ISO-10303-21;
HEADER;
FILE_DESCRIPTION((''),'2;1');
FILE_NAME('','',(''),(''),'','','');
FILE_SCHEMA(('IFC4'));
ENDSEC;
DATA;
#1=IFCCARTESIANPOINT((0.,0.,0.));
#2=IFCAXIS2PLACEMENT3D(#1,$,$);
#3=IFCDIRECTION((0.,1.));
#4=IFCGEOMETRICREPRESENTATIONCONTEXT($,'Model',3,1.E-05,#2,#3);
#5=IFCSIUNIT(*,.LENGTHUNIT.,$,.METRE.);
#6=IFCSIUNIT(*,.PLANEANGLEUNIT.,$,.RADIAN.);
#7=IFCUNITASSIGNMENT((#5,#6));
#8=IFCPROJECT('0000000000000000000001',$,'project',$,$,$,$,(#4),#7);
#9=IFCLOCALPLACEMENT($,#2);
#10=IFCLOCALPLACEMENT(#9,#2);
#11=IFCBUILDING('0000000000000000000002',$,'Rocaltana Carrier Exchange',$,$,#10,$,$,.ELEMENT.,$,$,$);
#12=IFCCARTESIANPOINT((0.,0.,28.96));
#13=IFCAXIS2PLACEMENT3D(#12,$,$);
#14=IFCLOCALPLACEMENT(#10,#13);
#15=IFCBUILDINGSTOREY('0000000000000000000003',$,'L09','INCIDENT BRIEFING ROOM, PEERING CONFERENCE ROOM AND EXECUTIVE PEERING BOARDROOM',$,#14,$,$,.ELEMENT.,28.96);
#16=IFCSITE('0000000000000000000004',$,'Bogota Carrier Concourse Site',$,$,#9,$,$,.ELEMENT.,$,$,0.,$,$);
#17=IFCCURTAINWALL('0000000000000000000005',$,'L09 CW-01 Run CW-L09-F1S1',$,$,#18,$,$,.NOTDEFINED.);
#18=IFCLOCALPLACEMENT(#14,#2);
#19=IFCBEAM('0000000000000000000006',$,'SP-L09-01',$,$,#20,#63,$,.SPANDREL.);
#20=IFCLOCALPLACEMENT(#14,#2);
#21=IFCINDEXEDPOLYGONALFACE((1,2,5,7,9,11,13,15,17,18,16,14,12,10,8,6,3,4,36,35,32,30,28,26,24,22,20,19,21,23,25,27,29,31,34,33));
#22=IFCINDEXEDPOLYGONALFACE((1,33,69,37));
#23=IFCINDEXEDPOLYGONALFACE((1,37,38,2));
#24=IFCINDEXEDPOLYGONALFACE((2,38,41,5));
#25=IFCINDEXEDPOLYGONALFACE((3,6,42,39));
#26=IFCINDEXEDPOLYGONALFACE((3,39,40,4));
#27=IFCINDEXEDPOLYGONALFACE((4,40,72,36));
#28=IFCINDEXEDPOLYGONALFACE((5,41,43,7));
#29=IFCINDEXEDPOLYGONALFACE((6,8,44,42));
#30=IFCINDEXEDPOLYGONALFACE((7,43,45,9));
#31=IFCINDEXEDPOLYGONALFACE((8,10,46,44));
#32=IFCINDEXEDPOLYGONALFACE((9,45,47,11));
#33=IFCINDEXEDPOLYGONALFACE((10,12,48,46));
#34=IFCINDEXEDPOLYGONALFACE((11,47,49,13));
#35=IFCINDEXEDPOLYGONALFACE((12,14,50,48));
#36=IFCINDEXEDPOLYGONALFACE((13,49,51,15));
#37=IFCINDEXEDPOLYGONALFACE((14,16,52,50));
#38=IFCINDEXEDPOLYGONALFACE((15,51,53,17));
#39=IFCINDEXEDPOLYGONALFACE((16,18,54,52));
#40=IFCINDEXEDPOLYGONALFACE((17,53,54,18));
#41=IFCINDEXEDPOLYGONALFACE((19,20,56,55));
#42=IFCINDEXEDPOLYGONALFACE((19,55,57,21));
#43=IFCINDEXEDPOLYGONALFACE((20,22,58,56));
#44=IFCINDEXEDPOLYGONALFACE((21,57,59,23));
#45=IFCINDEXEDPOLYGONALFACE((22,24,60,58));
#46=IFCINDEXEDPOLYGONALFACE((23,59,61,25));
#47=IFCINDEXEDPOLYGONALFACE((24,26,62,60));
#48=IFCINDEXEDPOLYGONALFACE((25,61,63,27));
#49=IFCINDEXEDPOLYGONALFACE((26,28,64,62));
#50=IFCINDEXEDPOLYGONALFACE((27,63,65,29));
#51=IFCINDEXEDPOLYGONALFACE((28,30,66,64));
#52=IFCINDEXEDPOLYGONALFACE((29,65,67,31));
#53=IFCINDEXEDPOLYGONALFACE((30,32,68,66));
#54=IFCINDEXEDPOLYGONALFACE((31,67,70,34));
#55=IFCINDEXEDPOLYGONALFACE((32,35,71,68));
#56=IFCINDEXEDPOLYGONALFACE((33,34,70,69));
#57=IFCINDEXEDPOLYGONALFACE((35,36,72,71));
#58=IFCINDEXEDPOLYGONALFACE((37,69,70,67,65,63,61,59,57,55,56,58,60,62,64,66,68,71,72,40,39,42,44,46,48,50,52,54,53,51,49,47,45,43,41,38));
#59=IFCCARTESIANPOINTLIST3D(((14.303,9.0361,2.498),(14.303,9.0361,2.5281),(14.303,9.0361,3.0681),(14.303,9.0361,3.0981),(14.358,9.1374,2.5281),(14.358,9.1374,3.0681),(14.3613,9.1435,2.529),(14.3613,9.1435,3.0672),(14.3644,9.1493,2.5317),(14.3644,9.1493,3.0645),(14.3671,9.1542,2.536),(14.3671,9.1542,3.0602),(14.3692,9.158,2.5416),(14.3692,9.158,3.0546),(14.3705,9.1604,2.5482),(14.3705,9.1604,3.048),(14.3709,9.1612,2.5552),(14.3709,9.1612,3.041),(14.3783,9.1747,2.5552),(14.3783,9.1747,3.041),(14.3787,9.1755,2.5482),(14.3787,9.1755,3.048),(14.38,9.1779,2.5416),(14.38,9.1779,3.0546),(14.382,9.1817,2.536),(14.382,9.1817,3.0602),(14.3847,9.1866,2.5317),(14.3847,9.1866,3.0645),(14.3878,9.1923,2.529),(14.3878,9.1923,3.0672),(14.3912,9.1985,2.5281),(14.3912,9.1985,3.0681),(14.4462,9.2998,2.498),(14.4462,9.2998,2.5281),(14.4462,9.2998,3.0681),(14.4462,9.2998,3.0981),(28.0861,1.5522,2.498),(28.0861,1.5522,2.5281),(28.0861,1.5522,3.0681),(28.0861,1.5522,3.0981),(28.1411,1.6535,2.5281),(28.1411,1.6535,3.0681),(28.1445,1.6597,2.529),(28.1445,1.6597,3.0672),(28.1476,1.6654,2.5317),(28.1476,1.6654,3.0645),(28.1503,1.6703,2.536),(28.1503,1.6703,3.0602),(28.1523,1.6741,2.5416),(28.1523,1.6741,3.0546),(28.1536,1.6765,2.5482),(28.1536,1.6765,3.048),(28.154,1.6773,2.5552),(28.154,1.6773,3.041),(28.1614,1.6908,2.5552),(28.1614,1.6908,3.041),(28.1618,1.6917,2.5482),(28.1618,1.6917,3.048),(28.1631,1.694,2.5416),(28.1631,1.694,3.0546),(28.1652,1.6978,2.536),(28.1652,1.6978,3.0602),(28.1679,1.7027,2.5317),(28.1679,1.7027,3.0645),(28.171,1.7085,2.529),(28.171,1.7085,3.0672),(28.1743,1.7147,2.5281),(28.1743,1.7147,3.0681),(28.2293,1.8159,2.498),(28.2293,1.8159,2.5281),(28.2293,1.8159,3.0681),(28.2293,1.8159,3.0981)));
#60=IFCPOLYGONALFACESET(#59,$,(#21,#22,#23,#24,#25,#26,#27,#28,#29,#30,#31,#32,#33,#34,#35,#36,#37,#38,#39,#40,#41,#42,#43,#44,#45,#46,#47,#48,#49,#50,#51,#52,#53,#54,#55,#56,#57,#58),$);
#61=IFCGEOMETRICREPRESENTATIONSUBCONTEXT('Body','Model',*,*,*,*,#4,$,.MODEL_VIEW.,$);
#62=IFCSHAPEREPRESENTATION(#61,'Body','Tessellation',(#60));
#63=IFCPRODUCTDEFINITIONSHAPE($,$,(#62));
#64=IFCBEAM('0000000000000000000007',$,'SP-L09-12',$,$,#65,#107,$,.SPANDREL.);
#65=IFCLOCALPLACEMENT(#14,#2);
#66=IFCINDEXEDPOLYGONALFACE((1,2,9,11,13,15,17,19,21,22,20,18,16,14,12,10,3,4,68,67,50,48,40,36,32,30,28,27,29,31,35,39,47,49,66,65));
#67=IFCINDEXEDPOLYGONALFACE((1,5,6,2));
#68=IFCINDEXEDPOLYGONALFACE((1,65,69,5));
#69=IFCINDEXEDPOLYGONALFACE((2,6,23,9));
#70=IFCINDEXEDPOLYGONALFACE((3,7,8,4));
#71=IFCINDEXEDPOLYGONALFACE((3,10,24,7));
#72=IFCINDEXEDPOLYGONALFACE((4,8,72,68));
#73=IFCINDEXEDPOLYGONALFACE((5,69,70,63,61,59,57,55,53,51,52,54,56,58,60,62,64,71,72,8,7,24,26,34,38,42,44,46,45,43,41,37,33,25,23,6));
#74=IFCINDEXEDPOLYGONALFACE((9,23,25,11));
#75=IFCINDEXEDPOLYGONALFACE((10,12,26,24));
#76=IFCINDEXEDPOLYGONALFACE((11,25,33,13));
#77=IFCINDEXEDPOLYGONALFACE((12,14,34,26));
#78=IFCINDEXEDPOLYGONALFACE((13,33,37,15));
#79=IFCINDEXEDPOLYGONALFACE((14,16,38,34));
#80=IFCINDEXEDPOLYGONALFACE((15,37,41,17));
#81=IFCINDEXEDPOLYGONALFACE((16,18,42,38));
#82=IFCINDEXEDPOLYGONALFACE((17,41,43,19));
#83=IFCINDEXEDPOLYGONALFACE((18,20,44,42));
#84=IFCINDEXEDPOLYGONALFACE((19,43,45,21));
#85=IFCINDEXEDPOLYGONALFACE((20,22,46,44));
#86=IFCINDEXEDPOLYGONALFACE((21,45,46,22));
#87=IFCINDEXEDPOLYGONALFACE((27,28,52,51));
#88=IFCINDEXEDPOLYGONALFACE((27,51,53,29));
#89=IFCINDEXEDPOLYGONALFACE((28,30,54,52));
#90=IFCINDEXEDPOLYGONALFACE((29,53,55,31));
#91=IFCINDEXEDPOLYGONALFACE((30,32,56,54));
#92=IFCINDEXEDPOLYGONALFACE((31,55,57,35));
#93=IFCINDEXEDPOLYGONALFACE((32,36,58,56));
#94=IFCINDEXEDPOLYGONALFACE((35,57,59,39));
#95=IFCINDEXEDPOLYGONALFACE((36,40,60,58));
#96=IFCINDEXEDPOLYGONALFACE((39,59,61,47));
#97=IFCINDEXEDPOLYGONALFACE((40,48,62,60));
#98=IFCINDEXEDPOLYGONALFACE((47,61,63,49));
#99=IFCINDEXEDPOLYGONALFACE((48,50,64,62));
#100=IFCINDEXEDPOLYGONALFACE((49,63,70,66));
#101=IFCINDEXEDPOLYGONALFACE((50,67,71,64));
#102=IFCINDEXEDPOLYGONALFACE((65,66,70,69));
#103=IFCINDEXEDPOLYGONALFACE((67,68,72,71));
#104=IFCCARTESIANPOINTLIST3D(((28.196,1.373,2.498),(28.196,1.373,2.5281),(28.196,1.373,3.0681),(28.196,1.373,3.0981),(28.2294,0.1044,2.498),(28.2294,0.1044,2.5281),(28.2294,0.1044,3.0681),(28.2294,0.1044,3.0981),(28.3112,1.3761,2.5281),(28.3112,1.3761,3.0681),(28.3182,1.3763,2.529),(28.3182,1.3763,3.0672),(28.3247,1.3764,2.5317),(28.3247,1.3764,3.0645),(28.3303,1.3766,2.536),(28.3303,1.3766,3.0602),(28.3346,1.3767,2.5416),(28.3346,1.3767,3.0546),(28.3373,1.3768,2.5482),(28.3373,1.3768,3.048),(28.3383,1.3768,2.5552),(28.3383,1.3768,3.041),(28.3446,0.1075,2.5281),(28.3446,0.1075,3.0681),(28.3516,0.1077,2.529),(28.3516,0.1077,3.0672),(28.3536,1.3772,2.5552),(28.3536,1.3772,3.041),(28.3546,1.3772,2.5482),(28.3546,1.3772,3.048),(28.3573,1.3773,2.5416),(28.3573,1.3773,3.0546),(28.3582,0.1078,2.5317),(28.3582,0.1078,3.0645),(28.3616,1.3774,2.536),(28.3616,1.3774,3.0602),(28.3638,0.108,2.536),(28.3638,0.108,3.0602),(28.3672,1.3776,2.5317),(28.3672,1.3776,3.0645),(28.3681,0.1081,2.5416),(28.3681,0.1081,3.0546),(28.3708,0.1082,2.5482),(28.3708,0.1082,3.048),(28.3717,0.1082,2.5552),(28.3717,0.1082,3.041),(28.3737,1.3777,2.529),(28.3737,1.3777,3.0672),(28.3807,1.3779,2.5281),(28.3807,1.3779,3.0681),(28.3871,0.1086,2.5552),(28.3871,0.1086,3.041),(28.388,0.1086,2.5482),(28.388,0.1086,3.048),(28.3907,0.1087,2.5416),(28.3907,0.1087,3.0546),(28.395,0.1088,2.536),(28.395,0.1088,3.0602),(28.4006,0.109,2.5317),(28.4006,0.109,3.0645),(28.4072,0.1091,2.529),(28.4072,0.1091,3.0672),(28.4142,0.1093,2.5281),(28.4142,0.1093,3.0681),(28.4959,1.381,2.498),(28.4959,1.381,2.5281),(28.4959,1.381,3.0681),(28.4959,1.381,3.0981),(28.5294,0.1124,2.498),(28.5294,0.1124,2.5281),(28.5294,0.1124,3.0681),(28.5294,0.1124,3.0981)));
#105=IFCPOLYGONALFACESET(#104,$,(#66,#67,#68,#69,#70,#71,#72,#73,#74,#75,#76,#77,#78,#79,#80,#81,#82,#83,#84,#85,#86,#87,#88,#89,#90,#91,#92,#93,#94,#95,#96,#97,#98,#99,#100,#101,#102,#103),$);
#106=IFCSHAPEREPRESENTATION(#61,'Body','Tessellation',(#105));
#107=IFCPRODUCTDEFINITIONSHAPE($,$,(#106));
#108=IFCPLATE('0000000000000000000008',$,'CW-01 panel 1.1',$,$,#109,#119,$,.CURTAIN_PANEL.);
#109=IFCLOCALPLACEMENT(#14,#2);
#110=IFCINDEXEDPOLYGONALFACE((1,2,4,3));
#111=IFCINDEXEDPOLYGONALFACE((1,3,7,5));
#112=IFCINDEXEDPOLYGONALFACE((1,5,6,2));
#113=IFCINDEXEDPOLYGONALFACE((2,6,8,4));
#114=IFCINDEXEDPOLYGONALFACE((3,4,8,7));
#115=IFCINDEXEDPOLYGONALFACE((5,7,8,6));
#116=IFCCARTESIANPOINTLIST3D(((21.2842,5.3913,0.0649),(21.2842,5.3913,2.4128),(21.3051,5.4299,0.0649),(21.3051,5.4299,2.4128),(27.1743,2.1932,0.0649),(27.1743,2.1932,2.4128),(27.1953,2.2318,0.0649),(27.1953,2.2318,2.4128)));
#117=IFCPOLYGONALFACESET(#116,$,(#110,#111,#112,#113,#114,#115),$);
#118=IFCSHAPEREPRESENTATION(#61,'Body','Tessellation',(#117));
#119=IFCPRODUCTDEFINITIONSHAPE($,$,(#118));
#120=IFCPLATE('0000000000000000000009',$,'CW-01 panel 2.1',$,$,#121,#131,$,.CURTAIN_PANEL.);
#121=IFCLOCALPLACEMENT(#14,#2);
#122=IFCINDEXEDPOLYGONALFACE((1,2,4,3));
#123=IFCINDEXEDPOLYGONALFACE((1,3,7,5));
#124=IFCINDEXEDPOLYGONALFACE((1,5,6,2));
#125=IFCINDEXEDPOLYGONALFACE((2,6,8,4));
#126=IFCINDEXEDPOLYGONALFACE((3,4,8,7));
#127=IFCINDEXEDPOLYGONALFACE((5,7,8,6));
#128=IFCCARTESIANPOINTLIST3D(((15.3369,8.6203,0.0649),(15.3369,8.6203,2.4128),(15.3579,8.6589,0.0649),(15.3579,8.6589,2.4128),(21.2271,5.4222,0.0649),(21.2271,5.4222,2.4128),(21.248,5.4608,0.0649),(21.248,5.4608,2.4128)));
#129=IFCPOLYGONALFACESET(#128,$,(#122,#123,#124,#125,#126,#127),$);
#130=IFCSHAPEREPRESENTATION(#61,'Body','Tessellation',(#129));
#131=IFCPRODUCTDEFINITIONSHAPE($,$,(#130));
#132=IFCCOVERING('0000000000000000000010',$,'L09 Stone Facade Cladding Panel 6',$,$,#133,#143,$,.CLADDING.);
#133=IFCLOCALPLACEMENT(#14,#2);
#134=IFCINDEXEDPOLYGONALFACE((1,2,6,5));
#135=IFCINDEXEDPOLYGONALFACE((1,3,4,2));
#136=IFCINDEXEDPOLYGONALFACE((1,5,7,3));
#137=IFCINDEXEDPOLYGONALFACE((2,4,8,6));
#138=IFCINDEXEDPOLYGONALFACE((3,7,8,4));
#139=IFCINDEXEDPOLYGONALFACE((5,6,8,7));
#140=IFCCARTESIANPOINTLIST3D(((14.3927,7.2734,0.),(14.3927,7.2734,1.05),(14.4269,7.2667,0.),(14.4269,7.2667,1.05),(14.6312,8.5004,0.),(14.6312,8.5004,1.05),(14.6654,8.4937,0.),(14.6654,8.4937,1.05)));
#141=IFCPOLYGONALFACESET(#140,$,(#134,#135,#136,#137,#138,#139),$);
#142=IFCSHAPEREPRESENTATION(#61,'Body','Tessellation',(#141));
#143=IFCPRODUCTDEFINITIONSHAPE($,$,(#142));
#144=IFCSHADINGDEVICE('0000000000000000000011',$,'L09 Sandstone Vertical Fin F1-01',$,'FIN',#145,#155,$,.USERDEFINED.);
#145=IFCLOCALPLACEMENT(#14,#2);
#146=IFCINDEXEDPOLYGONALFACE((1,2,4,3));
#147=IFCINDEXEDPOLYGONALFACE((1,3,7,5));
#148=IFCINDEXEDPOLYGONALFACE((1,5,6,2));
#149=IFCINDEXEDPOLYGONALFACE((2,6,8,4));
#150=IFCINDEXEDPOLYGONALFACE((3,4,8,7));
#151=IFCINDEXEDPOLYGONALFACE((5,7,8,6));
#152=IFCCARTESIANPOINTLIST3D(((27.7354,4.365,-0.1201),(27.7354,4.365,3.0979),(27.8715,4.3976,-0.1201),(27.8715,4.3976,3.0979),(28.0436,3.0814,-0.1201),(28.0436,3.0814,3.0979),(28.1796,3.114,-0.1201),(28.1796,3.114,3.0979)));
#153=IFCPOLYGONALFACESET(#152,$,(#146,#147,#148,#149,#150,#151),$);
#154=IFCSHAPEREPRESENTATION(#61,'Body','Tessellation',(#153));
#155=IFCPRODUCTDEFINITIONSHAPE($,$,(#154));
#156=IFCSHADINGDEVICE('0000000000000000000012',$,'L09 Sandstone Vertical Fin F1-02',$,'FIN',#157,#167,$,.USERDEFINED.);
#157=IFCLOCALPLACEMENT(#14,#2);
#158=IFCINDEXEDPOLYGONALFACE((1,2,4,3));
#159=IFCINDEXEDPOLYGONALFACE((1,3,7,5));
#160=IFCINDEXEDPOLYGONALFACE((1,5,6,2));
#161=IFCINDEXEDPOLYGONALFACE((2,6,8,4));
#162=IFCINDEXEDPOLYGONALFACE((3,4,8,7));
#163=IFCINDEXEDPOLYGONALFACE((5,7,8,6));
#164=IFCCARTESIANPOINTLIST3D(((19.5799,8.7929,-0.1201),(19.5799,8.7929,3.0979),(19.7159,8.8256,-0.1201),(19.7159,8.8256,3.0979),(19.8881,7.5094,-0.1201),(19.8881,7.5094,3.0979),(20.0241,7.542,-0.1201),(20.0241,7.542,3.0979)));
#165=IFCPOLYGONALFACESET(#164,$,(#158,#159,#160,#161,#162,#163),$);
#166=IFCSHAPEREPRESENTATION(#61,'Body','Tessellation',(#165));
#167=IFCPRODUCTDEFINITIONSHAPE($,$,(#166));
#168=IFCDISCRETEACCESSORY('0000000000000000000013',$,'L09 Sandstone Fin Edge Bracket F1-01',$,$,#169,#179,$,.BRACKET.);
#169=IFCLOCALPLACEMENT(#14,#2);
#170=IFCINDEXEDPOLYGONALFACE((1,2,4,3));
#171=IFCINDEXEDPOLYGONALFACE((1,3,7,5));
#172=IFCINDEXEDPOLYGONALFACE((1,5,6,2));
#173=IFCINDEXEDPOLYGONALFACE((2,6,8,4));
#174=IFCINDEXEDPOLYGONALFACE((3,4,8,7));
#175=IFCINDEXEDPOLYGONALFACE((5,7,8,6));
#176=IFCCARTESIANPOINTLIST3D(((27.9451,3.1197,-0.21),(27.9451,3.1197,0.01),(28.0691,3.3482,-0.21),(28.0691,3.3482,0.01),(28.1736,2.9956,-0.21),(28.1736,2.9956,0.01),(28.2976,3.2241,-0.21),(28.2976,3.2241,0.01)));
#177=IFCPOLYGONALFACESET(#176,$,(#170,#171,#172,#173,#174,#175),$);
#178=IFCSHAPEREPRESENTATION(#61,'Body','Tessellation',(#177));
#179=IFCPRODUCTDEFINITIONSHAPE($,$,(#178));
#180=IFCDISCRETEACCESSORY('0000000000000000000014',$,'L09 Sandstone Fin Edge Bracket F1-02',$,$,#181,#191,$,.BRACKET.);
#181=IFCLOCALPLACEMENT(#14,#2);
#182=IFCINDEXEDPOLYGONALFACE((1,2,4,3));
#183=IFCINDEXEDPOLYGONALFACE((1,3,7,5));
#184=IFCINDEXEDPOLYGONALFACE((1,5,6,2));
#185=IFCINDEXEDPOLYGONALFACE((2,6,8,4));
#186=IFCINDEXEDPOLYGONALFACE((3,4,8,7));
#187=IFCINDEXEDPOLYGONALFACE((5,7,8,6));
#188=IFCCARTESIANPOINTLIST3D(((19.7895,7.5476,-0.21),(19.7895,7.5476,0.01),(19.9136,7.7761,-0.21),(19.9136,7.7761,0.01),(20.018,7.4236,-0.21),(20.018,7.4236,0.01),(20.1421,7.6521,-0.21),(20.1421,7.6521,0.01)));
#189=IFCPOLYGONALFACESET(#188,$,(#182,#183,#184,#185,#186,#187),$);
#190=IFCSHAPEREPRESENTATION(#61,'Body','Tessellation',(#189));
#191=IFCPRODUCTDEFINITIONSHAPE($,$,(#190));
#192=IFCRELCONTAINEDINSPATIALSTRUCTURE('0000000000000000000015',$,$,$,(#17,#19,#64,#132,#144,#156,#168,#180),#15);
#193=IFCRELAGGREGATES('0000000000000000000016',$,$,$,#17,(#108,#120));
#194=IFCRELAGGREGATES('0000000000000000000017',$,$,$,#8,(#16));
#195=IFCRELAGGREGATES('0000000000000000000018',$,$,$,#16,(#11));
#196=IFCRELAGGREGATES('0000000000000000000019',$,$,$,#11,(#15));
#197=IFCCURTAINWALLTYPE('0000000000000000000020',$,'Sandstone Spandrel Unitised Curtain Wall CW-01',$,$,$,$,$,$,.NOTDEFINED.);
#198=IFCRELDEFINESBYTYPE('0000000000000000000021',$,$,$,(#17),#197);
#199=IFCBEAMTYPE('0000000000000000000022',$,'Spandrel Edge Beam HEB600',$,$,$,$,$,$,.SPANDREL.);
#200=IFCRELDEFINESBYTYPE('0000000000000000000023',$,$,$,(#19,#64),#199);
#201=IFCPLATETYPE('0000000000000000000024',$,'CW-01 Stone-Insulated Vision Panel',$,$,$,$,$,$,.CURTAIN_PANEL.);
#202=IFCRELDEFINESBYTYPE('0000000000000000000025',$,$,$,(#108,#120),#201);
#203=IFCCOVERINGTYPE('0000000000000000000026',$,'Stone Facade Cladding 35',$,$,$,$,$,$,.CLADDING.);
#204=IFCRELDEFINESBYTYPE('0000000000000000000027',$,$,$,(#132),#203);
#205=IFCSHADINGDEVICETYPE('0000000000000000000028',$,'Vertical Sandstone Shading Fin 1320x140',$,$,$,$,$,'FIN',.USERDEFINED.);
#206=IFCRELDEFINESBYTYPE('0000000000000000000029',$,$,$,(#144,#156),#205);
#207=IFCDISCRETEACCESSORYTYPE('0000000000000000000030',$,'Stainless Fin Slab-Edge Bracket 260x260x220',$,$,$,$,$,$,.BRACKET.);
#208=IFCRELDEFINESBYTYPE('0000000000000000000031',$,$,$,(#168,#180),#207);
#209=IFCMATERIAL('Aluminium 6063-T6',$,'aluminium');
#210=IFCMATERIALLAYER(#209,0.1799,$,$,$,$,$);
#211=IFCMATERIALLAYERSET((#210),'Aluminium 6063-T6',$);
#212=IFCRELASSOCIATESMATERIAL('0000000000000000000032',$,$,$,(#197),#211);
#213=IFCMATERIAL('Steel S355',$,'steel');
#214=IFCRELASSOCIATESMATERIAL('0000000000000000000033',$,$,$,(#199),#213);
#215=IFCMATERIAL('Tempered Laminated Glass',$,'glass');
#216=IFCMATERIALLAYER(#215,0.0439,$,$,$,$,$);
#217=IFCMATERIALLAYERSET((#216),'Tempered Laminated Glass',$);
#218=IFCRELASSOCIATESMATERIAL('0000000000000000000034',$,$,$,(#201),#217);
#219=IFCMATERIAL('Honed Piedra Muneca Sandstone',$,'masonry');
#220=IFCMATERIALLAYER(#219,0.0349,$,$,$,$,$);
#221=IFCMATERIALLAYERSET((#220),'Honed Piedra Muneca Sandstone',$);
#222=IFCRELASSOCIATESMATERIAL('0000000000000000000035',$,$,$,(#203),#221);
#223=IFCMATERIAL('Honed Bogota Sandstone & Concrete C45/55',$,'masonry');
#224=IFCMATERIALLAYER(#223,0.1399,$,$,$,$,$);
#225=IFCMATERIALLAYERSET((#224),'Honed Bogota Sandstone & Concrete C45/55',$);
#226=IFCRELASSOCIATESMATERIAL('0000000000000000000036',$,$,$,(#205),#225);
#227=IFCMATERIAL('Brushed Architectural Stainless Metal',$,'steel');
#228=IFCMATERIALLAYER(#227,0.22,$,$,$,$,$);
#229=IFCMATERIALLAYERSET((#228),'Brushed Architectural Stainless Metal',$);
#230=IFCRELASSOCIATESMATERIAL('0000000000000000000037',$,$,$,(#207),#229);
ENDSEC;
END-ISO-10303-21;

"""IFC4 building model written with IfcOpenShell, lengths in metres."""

from ifc_helpers import new_model, si_unit, direction, frame, origin, origin_2d, place, context, subcontext, project, spatial, rectangle, i_section, extrude, material, layer, layer_set, material_profile, profile_set, type_object, element, aggregate, save


model = new_model("IFC4")

# Units and contexts
model_context = context("Model", 3, precision=1e-05, world=origin(), true_north=direction((0.0, 1.0)))
body_context = subcontext(model_context, "Body", "Model", "MODEL_VIEW")
ifc_project = project(units=[si_unit("LENGTHUNIT", "METRE"), si_unit("PLANEANGLEUNIT", "RADIAN")], contexts=[model_context])

# Site, building, storey
site_placement = place(None, origin())
site = spatial("IfcSite", under=ifc_project, at=site_placement, Name="Bogota Carrier Concourse Site", CompositionType="ELEMENT", RefElevation=0.0)
building_placement = place(site_placement, origin())
building = spatial("IfcBuilding", under=site, at=building_placement, Name="Rocaltana Carrier Exchange", CompositionType="ELEMENT")
storey_placement = place(building_placement, frame((0.0, 0.0, 28.96)))
storey = spatial("IfcBuildingStorey", under=building, at=storey_placement, Name="L09", Description="INCIDENT BRIEFING ROOM, PEERING CONFERENCE ROOM AND EXECUTIVE PEERING BOARDROOM", CompositionType="ELEMENT", Elevation=28.96)

# Curtain wall
ifc_material_1 = material(Name="Aluminium 6063-T6", Category="aluminium")
ifc_layer_1 = layer(ifc_material_1, 0.1799)
ifc_layer_set_1 = layer_set([ifc_layer_1], Name="Aluminium 6063-T6")
curtain_wall_type = type_object("IfcCurtainWallType", Name="Sandstone Spandrel Unitised Curtain Wall CW-01", PredefinedType="NOTDEFINED", material=ifc_layer_set_1)
curtain_wall_placement = place(storey_placement, origin())
curtain_wall = element("IfcCurtainWall", 1, at=curtain_wall_placement, inside=storey, type_object=curtain_wall_type, Name="L09 CW-01 Run CW-L09-F1S1", PredefinedType="NOTDEFINED")

# Beams
ifc_material_2 = material(Name="Steel S355", Category="steel")
ifc_material_profile_1 = material_profile(ifc_material_2, i_section(OverallWidth=0.3, OverallDepth=0.6001, WebThickness=0.0154, FlangeThickness=0.03, FilletRadius=0.0271, at=origin_2d()), Name="HEB600")
ifc_profile_set_1 = profile_set([ifc_material_profile_1], Name="Steel S355")
beam_type_1 = type_object("IfcBeamType", Name="Spandrel Edge Beam HEB600", PredefinedType="SPANDREL", material=ifc_profile_set_1)
beam_1_placement = place(storey_placement, frame((28.1577, 1.6841, 2.7981), z_axis=(-0.878811, 0.477169, 0.0), x_axis=(-0.477169, -0.878811, 0.0)))
element("IfcBeam", 2, at=beam_1_placement, inside=storey, type_object=beam_type_1, Name="SP-L09-01", PredefinedType="SPANDREL", context=body_context, shape_type="SweptSolid", body=[
    extrude(i_section(OverallWidth=0.3, OverallDepth=0.6001, WebThickness=0.0154, FlangeThickness=0.03, FilletRadius=0.0271, at=origin_2d()), origin(), (0.0, 0.0, 1.0), 15.6838),
])
beam_2_placement = place(storey_placement, frame((28.3794, 0.1084, 2.7981), z_axis=(-0.026357, 0.999653, 0.0), x_axis=(-0.999653, -0.026357, 0.0)))
element("IfcBeam", 3, at=beam_2_placement, inside=storey, type_object=beam_type_1, Name="SP-L09-12", PredefinedType="SPANDREL", context=body_context, shape_type="SweptSolid", body=[
    extrude(i_section(OverallWidth=0.3, OverallDepth=0.6001, WebThickness=0.0154, FlangeThickness=0.03, FilletRadius=0.0271, at=origin_2d()), origin(), (0.0, 0.0, 1.0), 1.269),
])

# Plates
ifc_material_3 = material(Name="Tempered Laminated Glass", Category="glass")
ifc_layer_2 = layer(ifc_material_3, 0.0439)
ifc_layer_set_2 = layer_set([ifc_layer_2], Name="Tempered Laminated Glass")
plate_type = type_object("IfcPlateType", Name="CW-01 Stone-Insulated Vision Panel", PredefinedType="CURTAIN_PANEL", material=ifc_layer_set_2)
plate_1_placement = place(storey_placement, frame((24.2397, 3.8115, 0.0649), z_axis=(0.0, 0.0, 1.0), x_axis=(-0.878816, 0.477161, 0.0)))
plate_1 = element("IfcPlate", 4, at=plate_1_placement, type_object=plate_type, Name="CW-01 panel 1.1", PredefinedType="CURTAIN_PANEL", context=body_context, shape_type="SweptSolid", body=[
    extrude(rectangle(XDim=6.7024, YDim=0.0439, at=origin_2d()), origin(), (0.0, 0.0, 1.0), 2.3479),
])
plate_2_placement = place(storey_placement, frame((18.2925, 7.0405, 0.0649), z_axis=(0.0, 0.0, 1.0), x_axis=(-0.878816, 0.477161, 0.0)))
plate_2 = element("IfcPlate", 5, at=plate_2_placement, type_object=plate_type, Name="CW-01 panel 2.1", PredefinedType="CURTAIN_PANEL", context=body_context, shape_type="SweptSolid", body=[
    extrude(rectangle(XDim=6.7024, YDim=0.0439, at=origin_2d()), origin(), (0.0, 0.0, 1.0), 2.3479),
])
aggregate(curtain_wall, [plate_1, plate_2])

# Covering
ifc_material_4 = material(Name="Honed Piedra Muneca Sandstone", Category="masonry")
ifc_layer_3 = layer(ifc_material_4, 0.0349)
ifc_layer_set_3 = layer_set([ifc_layer_3], Name="Honed Piedra Muneca Sandstone")
covering_type = type_object("IfcCoveringType", Name="Stone Facade Cladding 35", PredefinedType="CLADDING", material=ifc_layer_set_3)
covering_placement = place(storey_placement, frame((14.5291, 7.8835, 0.0), z_axis=(0.0, 0.0, 1.0), x_axis=(0.190809, 0.981627, 0.0)))
element("IfcCovering", 6, at=covering_placement, inside=storey, type_object=covering_type, Name="L09 Stone Facade Cladding Panel 6", PredefinedType="CLADDING", context=body_context, shape_type="SweptSolid", body=[
    extrude(rectangle(XDim=1.25, YDim=0.0349, at=origin_2d()), origin(), (0.0, 0.0, 1.0), 1.05),
])

# Shading devices
ifc_material_5 = material(Name="Honed Bogota Sandstone & Concrete C45/55", Category="masonry")
ifc_layer_4 = layer(ifc_material_5, 0.1399)
ifc_layer_set_4 = layer_set([ifc_layer_4], Name="Honed Bogota Sandstone & Concrete C45/55")
shading_device_type = type_object("IfcShadingDeviceType", Name="Vertical Sandstone Shading Fin 1320x140", ElementType="FIN", PredefinedType="USERDEFINED", material=ifc_layer_set_4)
for number, where, z_axis, x_axis, name in (
    (7, (27.9575, 3.7395, -0.1201), (0.0, 0.0, 1.0), (-0.233445, 0.97237, 0.0), "L09 Sandstone Vertical Fin F1-01"),
    (8, (19.802, 8.1675, -0.1201), (0.0, 0.0, 1.0), (-0.233445, 0.97237, 0.0), "L09 Sandstone Vertical Fin F1-02"),
):
    element("IfcShadingDevice", number, at=place(storey_placement, frame(where, z_axis=z_axis, x_axis=x_axis)), inside=storey, type_object=shading_device_type, Name=name, ObjectType="FIN", PredefinedType="USERDEFINED", context=body_context, shape_type="SweptSolid", body=[
        extrude(rectangle(XDim=1.3201, YDim=0.1399, at=origin_2d()), origin(), (0.0, 0.0, 1.0), 3.218),
    ])

# Discrete accessories
ifc_material_6 = material(Name="Brushed Architectural Stainless Metal", Category="steel")
ifc_layer_5 = layer(ifc_material_6, 0.22)
ifc_layer_set_5 = layer_set([ifc_layer_5], Name="Brushed Architectural Stainless Metal")
discrete_accessory_type = type_object("IfcDiscreteAccessoryType", Name="Stainless Fin Slab-Edge Bracket 260x260x220", PredefinedType="BRACKET", material=ifc_layer_set_5)
for number, where, z_axis, x_axis, name in (
    (9, (28.1213, 3.1719, -0.21), (0.0, 0.0, 1.0), (-0.878817, 0.477159, 0.0), "L09 Sandstone Fin Edge Bracket F1-01"),
    (10, (19.9658, 7.5999, -0.21), (0.0, 0.0, 1.0), (-0.878817, 0.477159, 0.0), "L09 Sandstone Fin Edge Bracket F1-02"),
):
    element("IfcDiscreteAccessory", number, at=place(storey_placement, frame(where, z_axis=z_axis, x_axis=x_axis)), inside=storey, type_object=discrete_accessory_type, Name=name, PredefinedType="BRACKET", context=body_context, shape_type="SweptSolid", body=[
        extrude(rectangle(XDim=0.26, YDim=0.26, at=origin_2d()), origin(), (0.0, 0.0, 1.0), 0.22),
    ])

save(model, "model.ifc")
